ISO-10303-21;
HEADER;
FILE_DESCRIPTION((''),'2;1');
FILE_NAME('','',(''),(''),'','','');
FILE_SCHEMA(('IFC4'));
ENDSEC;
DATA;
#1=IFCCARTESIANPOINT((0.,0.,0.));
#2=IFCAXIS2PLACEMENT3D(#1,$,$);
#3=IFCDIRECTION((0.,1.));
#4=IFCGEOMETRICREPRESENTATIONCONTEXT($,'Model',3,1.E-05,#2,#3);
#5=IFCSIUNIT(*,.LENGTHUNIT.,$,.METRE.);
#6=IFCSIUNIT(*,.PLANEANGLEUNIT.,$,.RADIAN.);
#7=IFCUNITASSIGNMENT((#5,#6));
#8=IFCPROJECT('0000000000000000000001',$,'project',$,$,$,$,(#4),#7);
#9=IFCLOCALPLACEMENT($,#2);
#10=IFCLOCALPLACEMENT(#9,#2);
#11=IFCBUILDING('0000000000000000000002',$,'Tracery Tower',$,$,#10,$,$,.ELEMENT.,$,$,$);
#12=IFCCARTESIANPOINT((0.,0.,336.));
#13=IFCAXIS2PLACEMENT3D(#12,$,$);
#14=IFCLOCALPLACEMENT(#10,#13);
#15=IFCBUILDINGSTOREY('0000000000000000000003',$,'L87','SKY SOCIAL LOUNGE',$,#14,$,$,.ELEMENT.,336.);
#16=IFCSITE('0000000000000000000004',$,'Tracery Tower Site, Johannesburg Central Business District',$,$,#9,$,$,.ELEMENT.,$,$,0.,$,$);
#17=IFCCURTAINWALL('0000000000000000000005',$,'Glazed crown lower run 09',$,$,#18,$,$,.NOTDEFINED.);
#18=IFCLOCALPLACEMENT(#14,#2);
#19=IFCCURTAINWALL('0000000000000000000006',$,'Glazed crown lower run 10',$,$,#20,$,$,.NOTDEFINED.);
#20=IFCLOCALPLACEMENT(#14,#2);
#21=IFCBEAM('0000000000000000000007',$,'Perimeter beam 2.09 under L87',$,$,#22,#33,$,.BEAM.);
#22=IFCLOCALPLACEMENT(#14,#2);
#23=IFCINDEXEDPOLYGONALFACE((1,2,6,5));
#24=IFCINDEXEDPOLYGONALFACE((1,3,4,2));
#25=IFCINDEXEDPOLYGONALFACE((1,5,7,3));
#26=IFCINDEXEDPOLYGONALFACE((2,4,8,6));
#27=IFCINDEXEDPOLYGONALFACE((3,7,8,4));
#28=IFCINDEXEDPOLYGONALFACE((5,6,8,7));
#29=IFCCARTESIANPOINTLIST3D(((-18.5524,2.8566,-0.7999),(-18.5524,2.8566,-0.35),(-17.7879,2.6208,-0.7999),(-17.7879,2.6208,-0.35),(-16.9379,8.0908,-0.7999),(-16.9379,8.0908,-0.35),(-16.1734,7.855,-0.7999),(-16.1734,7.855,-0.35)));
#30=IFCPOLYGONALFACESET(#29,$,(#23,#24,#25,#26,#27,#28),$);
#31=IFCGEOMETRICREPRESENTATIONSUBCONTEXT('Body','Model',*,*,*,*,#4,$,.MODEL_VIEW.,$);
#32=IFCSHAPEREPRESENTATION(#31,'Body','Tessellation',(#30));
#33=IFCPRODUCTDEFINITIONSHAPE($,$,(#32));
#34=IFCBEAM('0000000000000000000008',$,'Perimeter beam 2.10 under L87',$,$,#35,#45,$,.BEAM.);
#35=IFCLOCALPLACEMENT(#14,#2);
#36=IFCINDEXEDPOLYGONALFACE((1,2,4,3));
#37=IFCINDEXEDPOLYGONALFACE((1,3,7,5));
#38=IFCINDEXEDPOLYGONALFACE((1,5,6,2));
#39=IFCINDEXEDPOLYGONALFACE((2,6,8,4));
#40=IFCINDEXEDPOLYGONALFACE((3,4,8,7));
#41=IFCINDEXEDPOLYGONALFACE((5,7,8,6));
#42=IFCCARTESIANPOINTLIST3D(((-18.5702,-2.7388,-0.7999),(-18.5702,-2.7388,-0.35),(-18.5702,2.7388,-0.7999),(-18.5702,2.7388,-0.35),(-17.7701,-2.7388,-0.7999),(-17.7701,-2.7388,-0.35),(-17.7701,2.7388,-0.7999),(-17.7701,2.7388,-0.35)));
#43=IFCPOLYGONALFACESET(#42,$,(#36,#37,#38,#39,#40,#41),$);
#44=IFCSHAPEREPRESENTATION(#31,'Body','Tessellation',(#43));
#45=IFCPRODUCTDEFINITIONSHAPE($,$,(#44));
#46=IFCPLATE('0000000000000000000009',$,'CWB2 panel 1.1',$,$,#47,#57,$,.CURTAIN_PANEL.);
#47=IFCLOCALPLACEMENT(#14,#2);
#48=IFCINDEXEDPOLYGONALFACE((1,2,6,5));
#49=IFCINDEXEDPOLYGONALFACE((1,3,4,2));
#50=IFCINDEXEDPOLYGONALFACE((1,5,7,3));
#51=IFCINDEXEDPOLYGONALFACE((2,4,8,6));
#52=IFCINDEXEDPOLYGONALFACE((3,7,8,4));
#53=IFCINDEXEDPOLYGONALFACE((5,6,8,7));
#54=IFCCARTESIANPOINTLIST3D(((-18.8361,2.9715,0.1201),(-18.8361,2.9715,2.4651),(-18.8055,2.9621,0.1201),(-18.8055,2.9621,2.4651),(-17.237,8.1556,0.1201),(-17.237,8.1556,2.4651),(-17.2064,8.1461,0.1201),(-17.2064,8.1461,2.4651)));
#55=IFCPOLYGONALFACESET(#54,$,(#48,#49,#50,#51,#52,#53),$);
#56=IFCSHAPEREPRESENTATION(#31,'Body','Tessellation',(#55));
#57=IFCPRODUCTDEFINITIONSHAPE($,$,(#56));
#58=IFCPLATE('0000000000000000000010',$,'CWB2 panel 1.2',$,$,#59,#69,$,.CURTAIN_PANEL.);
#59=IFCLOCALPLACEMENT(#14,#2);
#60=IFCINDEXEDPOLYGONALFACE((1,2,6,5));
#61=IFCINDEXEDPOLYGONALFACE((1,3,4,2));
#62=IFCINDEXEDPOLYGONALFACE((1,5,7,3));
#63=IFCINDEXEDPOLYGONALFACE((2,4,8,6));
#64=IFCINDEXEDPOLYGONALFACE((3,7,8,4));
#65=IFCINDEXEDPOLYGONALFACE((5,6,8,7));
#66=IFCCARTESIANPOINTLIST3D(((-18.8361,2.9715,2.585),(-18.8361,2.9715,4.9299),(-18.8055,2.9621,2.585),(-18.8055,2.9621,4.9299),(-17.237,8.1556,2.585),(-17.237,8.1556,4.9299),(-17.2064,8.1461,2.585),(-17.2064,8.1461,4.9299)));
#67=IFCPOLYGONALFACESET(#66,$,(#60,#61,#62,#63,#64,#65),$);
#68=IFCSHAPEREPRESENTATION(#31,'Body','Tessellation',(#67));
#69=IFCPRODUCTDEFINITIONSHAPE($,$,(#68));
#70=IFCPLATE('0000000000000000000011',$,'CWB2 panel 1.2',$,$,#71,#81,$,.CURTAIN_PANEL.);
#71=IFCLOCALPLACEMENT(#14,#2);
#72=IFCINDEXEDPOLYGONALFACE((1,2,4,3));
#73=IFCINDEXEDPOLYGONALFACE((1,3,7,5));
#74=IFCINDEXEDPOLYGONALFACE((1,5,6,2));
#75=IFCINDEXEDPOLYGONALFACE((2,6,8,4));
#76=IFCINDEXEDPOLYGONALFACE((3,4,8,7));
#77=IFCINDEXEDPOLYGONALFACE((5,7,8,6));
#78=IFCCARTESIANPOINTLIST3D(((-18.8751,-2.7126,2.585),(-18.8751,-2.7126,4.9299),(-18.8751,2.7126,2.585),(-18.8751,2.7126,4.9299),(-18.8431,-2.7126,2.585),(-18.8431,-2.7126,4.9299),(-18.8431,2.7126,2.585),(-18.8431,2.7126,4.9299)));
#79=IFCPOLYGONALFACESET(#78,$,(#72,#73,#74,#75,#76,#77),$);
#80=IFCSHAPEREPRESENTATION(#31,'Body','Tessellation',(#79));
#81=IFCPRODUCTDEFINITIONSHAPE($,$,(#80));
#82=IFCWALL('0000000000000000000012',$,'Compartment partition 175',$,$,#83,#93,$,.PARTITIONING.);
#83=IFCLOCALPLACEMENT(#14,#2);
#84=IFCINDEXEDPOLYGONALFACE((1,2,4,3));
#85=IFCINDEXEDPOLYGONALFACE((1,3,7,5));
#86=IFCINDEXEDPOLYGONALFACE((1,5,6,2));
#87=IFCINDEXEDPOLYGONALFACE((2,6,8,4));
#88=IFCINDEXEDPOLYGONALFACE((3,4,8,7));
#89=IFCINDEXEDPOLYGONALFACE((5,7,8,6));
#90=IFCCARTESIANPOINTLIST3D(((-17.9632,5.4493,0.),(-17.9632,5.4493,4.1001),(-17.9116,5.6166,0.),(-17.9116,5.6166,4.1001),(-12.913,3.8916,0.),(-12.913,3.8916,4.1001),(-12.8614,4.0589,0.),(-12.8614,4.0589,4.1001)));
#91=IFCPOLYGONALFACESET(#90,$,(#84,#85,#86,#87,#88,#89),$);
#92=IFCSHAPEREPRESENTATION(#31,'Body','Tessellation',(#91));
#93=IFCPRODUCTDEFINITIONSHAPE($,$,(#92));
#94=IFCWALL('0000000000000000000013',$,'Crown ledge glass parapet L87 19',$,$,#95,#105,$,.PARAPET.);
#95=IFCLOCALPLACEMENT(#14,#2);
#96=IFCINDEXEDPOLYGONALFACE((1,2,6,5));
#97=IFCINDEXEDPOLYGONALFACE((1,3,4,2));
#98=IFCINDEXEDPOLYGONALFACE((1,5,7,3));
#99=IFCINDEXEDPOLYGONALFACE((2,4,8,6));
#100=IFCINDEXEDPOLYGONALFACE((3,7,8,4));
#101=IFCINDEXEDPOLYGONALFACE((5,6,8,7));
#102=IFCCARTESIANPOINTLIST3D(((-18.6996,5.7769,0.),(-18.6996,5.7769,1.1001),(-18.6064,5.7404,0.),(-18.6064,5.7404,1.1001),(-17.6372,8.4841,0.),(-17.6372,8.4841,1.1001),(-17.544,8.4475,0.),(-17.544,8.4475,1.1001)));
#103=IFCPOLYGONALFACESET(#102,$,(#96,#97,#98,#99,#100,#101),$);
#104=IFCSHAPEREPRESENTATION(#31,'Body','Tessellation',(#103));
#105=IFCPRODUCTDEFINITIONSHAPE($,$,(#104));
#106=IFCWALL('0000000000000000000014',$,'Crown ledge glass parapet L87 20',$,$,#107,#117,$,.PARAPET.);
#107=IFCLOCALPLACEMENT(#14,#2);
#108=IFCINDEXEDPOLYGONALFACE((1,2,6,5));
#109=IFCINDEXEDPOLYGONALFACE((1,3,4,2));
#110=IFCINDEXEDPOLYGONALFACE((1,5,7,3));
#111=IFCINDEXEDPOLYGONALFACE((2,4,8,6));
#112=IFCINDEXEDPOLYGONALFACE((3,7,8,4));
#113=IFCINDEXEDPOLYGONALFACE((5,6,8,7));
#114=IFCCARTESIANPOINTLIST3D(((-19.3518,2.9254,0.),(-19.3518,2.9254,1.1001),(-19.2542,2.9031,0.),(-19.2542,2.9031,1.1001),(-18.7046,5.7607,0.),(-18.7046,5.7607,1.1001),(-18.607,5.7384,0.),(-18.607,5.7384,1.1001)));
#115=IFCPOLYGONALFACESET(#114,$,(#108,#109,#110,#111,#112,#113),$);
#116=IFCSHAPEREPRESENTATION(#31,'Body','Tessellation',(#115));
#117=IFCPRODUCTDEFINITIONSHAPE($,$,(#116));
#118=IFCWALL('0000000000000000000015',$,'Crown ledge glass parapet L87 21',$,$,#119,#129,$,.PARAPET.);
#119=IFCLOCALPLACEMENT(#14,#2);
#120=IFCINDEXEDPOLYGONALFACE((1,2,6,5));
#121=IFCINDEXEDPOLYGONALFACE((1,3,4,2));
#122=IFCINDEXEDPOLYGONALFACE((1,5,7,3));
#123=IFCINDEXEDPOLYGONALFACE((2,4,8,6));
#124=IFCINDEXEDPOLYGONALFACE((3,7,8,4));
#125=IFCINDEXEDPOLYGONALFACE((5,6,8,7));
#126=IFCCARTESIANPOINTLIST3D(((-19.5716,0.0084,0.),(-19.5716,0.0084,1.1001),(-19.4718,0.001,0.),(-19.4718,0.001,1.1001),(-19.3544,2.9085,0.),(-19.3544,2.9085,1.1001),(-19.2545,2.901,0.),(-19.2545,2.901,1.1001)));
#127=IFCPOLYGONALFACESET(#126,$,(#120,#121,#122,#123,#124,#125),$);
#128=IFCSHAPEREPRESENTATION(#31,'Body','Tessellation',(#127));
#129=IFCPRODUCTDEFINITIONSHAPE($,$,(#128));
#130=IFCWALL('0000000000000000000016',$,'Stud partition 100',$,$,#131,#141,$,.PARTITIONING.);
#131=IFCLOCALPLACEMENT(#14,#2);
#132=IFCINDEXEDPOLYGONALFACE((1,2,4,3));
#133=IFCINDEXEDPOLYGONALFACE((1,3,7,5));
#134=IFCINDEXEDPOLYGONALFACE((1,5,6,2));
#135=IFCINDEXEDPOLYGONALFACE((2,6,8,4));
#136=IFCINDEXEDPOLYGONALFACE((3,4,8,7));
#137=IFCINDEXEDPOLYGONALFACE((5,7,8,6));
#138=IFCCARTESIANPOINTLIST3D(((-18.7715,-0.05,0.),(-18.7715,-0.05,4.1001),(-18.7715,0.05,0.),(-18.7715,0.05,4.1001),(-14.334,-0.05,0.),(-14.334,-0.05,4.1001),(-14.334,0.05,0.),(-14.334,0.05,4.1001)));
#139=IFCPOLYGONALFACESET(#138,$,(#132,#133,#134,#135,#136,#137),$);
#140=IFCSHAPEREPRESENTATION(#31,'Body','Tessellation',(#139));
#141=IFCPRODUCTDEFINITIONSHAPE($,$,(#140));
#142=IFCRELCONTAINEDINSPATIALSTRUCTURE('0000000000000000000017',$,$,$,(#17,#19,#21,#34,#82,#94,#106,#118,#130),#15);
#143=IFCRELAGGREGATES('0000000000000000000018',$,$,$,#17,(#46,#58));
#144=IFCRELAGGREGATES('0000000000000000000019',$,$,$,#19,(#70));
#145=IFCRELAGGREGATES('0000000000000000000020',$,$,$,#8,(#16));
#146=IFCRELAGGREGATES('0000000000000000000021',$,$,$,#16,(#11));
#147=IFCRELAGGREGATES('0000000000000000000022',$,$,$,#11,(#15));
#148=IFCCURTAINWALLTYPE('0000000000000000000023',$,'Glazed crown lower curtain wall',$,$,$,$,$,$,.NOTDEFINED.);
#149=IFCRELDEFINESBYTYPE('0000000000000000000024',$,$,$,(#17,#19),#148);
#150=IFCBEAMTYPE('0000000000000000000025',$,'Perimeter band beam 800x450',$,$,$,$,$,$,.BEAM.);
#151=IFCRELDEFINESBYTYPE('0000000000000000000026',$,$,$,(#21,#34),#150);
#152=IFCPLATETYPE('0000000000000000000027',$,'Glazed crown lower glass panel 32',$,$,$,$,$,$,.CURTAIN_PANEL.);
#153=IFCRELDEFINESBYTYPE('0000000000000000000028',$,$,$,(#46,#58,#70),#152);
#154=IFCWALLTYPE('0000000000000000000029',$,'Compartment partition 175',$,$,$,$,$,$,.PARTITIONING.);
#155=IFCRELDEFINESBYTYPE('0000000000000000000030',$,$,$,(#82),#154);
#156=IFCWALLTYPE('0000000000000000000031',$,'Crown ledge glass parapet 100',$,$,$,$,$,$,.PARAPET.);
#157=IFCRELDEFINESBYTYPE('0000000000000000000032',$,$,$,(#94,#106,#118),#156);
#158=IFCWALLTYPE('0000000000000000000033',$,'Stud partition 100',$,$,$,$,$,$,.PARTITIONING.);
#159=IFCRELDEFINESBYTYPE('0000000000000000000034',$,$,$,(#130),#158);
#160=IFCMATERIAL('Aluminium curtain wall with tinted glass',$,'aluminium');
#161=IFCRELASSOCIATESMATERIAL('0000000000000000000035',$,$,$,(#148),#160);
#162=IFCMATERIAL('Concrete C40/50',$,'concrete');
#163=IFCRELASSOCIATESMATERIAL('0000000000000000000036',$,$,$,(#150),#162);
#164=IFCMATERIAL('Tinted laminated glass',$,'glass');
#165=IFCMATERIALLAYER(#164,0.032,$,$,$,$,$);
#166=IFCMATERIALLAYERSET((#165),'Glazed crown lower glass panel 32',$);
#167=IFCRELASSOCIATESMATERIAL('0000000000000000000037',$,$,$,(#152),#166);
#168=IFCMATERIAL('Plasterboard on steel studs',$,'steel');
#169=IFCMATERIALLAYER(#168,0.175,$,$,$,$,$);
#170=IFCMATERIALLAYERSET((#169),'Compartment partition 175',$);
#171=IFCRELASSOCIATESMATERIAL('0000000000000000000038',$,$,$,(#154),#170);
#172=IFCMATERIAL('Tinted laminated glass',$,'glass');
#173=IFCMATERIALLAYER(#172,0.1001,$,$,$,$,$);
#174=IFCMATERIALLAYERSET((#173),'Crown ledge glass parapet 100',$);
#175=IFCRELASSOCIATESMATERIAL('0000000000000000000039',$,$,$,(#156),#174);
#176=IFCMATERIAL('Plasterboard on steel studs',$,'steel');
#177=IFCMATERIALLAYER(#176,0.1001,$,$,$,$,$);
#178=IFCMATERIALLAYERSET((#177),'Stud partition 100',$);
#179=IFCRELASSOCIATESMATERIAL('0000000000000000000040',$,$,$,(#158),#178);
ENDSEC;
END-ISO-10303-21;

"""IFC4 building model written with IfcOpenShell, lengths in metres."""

from ifc_helpers import new_model, si_unit, direction, frame, frame_2d, origin, origin_2d, place, context, subcontext, project, spatial, rectangle, extrude, material, layer, layer_set, material_profile, profile_set, type_object, element, aggregate, save


model = new_model("IFC4")

# Units and contexts
model_context = context("Model", 3, precision=1e-05, world=origin(), true_north=direction((0.0, 1.0)))
body_context = subcontext(model_context, "Body", "Model", "MODEL_VIEW")
ifc_project = project(units=[si_unit("LENGTHUNIT", "METRE"), si_unit("PLANEANGLEUNIT", "RADIAN")], contexts=[model_context])

# Site, building, storey
site_placement = place(None, origin())
site = spatial("IfcSite", under=ifc_project, at=site_placement, Name="Tracery Tower Site, Johannesburg Central Business District", CompositionType="ELEMENT", RefElevation=0.0)
building_placement = place(site_placement, origin())
building = spatial("IfcBuilding", under=site, at=building_placement, Name="Tracery Tower", CompositionType="ELEMENT")
storey_placement = place(building_placement, frame((0.0, 0.0, 336.0)))
storey = spatial("IfcBuildingStorey", under=building, at=storey_placement, Name="L87", Description="SKY SOCIAL LOUNGE", CompositionType="ELEMENT", Elevation=336.0)

# Shared definitions
ifc_material_1 = material(Name="Aluminium curtain wall with tinted glass", Category="aluminium")
curtain_wall_type = type_object("IfcCurtainWallType", Name="Glazed crown lower curtain wall", PredefinedType="NOTDEFINED", material=ifc_material_1)

# Curtain wall
curtain_wall_1_placement = place(storey_placement, origin())
curtain_wall_1 = element("IfcCurtainWall", 1, at=curtain_wall_1_placement, inside=storey, type_object=curtain_wall_type, Name="Glazed crown lower run 09", PredefinedType="NOTDEFINED")

# Curtain wall
curtain_wall_2_placement = place(storey_placement, origin())
curtain_wall_2 = element("IfcCurtainWall", 2, at=curtain_wall_2_placement, inside=storey, type_object=curtain_wall_type, Name="Glazed crown lower run 10", PredefinedType="NOTDEFINED")

# Beams
ifc_material_2 = material(Name="Concrete C40/50", Category="concrete")
ifc_material_profile_1 = material_profile(ifc_material_2, rectangle(XDim=0.8, YDim=0.45, at=origin_2d()), Name="RC 800x450")
ifc_profile_set_1 = profile_set([ifc_material_profile_1], Name="Concrete C40/50")
beam_type = type_object("IfcBeamType", Name="Perimeter band beam 800x450", PredefinedType="BEAM", material=ifc_profile_set_1)
for number, where, z_axis, x_axis, name in (
    (3, (-16.5557, 7.9729, -0.575), (-0.294753, -0.955574, 0.0), (0.955574, -0.294753, 0.0), "Perimeter beam 2.09 under L87"),
    (4, (-18.1702, 2.7388, -0.575), (0.0, -1.0, 0.0), (1.0, 0.0, 0.0), "Perimeter beam 2.10 under L87"),
):
    element("IfcBeam", number, at=place(storey_placement, frame(where, z_axis=z_axis, x_axis=x_axis)), inside=storey, type_object=beam_type, Name=name, PredefinedType="BEAM", context=body_context, shape_type="SweptSolid", body=[
        extrude(rectangle(XDim=0.8, YDim=0.45, at=origin_2d()), origin(), (0.0, 0.0, 1.0), 5.4775),
    ])

# Plates
ifc_material_3 = material(Name="Tinted laminated glass", Category="glass")
ifc_layer_1 = layer(ifc_material_3, 0.032)
ifc_layer_set_1 = layer_set([ifc_layer_1], Name="Glazed crown lower glass panel 32")
plate_type = type_object("IfcPlateType", Name="Glazed crown lower glass panel 32", PredefinedType="CURTAIN_PANEL", material=ifc_layer_set_1)
plate_1_placement = place(storey_placement, frame((-18.0212, 5.5588, 0.1201), z_axis=(0.0, 0.0, 1.0), x_axis=(-0.294765, -0.95557, 0.0)))
plate_1 = element("IfcPlate", 5, at=plate_1_placement, type_object=plate_type, Name="CWB2 panel 1.1", PredefinedType="CURTAIN_PANEL", context=body_context, shape_type="SweptSolid", body=[
    extrude(rectangle(XDim=5.425, YDim=0.032, at=origin_2d()), origin(), (0.0, 0.0, 1.0), 2.345),
])
plate_2_placement = place(storey_placement, frame((-18.0212, 5.5588, 2.585), z_axis=(0.0, 0.0, 1.0), x_axis=(-0.294765, -0.95557, 0.0)))
plate_2 = element("IfcPlate", 6, at=plate_2_placement, type_object=plate_type, Name="CWB2 panel 1.2", PredefinedType="CURTAIN_PANEL", context=body_context, shape_type="SweptSolid", body=[
    extrude(rectangle(XDim=5.425, YDim=0.032, at=origin_2d()), origin(), (0.0, 0.0, 1.0), 2.345),
])
aggregate(curtain_wall_1, [plate_1, plate_2])
plate_3_placement = place(storey_placement, frame((-18.8591, 0.0, 2.585), z_axis=(0.0, 0.0, 1.0), x_axis=(0.0, -1.0, 0.0)))
plate_3 = element("IfcPlate", 7, at=plate_3_placement, type_object=plate_type, Name="CWB2 panel 1.2", PredefinedType="CURTAIN_PANEL", context=body_context, shape_type="SweptSolid", body=[
    extrude(rectangle(XDim=5.4253, YDim=0.032, at=origin_2d()), origin(), (0.0, 0.0, 1.0), 2.345),
])
aggregate(curtain_wall_2, [plate_3])

# Walls
ifc_material_4 = material(Name="Plasterboard on steel studs", Category="steel")
ifc_layer_2 = layer(ifc_material_4, 0.175)
ifc_layer_set_2 = layer_set([ifc_layer_2], Name="Compartment partition 175")
wall_type_1 = type_object("IfcWallType", Name="Compartment partition 175", PredefinedType="PARTITIONING", material=ifc_layer_set_2)
wall_1_placement = place(storey_placement, frame((-17.9375, 5.533, 0.0), z_axis=(0.0, 0.0, 1.0), x_axis=(0.955579, -0.294735, 0.0)))
element("IfcWall", 8, at=wall_1_placement, inside=storey, type_object=wall_type_1, Name="Compartment partition 175", PredefinedType="PARTITIONING", context=body_context, shape_type="SweptSolid", body=[
    extrude(rectangle(XDim=5.2849, YDim=0.175, at=frame_2d((2.6426, 0.0))), origin(), (0.0, 0.0, 1.0), 4.1001),
])
ifc_material_5 = material(Name="Tinted laminated glass", Category="glass")
ifc_layer_3 = layer(ifc_material_5, 0.1001)
ifc_layer_set_3 = layer_set([ifc_layer_3], Name="Crown ledge glass parapet 100")
wall_type_2 = type_object("IfcWallType", Name="Crown ledge glass parapet 100", PredefinedType="PARAPET", material=ifc_layer_set_3)
for number, where, z_axis, x_axis, name in (
    (9, (-17.5906, 8.4658, 0.0), (0.0, 0.0, 1.0), (-0.365333, -0.930877, 0.0), "Crown ledge glass parapet L87 19"),
    (10, (-18.6558, 5.7495, 0.0), (0.0, 0.0, 1.0), (-0.222554, -0.97492, 0.0), "Crown ledge glass parapet L87 20"),
    (11, (-19.3044, 2.9048, 0.0), (0.0, 0.0, 1.0), (-0.074713, -0.997205, 0.0), "Crown ledge glass parapet L87 21"),
):
    element("IfcWall", number, at=place(storey_placement, frame(where, z_axis=z_axis, x_axis=x_axis)), inside=storey, type_object=wall_type_2, Name=name, PredefinedType="PARAPET", context=body_context, shape_type="SweptSolid", body=[
        extrude(rectangle(XDim=2.9082, YDim=0.1001, at=frame_2d((1.4541, 0.0))), origin(), (0.0, 0.0, 1.0), 1.1001),
    ])
ifc_material_6 = material(Name="Plasterboard on steel studs", Category="steel")
ifc_layer_4 = layer(ifc_material_6, 0.1001)
ifc_layer_set_4 = layer_set([ifc_layer_4], Name="Stud partition 100")
wall_type_3 = type_object("IfcWallType", Name="Stud partition 100", PredefinedType="PARTITIONING", material=ifc_layer_set_4)
wall_2_placement = place(storey_placement, frame((-18.7715, 0.0, 0.0), z_axis=(0.0, 0.0, 1.0), x_axis=(1.0, 0.0, 0.0)))
element("IfcWall", 12, at=wall_2_placement, inside=storey, type_object=wall_type_3, Name="Stud partition 100", PredefinedType="PARTITIONING", context=body_context, shape_type="SweptSolid", body=[
    extrude(rectangle(XDim=4.4375, YDim=0.1001, at=frame_2d((2.2188, 0.0))), origin(), (0.0, 0.0, 1.0), 4.1001),
])

save(model, "model.ifc")
